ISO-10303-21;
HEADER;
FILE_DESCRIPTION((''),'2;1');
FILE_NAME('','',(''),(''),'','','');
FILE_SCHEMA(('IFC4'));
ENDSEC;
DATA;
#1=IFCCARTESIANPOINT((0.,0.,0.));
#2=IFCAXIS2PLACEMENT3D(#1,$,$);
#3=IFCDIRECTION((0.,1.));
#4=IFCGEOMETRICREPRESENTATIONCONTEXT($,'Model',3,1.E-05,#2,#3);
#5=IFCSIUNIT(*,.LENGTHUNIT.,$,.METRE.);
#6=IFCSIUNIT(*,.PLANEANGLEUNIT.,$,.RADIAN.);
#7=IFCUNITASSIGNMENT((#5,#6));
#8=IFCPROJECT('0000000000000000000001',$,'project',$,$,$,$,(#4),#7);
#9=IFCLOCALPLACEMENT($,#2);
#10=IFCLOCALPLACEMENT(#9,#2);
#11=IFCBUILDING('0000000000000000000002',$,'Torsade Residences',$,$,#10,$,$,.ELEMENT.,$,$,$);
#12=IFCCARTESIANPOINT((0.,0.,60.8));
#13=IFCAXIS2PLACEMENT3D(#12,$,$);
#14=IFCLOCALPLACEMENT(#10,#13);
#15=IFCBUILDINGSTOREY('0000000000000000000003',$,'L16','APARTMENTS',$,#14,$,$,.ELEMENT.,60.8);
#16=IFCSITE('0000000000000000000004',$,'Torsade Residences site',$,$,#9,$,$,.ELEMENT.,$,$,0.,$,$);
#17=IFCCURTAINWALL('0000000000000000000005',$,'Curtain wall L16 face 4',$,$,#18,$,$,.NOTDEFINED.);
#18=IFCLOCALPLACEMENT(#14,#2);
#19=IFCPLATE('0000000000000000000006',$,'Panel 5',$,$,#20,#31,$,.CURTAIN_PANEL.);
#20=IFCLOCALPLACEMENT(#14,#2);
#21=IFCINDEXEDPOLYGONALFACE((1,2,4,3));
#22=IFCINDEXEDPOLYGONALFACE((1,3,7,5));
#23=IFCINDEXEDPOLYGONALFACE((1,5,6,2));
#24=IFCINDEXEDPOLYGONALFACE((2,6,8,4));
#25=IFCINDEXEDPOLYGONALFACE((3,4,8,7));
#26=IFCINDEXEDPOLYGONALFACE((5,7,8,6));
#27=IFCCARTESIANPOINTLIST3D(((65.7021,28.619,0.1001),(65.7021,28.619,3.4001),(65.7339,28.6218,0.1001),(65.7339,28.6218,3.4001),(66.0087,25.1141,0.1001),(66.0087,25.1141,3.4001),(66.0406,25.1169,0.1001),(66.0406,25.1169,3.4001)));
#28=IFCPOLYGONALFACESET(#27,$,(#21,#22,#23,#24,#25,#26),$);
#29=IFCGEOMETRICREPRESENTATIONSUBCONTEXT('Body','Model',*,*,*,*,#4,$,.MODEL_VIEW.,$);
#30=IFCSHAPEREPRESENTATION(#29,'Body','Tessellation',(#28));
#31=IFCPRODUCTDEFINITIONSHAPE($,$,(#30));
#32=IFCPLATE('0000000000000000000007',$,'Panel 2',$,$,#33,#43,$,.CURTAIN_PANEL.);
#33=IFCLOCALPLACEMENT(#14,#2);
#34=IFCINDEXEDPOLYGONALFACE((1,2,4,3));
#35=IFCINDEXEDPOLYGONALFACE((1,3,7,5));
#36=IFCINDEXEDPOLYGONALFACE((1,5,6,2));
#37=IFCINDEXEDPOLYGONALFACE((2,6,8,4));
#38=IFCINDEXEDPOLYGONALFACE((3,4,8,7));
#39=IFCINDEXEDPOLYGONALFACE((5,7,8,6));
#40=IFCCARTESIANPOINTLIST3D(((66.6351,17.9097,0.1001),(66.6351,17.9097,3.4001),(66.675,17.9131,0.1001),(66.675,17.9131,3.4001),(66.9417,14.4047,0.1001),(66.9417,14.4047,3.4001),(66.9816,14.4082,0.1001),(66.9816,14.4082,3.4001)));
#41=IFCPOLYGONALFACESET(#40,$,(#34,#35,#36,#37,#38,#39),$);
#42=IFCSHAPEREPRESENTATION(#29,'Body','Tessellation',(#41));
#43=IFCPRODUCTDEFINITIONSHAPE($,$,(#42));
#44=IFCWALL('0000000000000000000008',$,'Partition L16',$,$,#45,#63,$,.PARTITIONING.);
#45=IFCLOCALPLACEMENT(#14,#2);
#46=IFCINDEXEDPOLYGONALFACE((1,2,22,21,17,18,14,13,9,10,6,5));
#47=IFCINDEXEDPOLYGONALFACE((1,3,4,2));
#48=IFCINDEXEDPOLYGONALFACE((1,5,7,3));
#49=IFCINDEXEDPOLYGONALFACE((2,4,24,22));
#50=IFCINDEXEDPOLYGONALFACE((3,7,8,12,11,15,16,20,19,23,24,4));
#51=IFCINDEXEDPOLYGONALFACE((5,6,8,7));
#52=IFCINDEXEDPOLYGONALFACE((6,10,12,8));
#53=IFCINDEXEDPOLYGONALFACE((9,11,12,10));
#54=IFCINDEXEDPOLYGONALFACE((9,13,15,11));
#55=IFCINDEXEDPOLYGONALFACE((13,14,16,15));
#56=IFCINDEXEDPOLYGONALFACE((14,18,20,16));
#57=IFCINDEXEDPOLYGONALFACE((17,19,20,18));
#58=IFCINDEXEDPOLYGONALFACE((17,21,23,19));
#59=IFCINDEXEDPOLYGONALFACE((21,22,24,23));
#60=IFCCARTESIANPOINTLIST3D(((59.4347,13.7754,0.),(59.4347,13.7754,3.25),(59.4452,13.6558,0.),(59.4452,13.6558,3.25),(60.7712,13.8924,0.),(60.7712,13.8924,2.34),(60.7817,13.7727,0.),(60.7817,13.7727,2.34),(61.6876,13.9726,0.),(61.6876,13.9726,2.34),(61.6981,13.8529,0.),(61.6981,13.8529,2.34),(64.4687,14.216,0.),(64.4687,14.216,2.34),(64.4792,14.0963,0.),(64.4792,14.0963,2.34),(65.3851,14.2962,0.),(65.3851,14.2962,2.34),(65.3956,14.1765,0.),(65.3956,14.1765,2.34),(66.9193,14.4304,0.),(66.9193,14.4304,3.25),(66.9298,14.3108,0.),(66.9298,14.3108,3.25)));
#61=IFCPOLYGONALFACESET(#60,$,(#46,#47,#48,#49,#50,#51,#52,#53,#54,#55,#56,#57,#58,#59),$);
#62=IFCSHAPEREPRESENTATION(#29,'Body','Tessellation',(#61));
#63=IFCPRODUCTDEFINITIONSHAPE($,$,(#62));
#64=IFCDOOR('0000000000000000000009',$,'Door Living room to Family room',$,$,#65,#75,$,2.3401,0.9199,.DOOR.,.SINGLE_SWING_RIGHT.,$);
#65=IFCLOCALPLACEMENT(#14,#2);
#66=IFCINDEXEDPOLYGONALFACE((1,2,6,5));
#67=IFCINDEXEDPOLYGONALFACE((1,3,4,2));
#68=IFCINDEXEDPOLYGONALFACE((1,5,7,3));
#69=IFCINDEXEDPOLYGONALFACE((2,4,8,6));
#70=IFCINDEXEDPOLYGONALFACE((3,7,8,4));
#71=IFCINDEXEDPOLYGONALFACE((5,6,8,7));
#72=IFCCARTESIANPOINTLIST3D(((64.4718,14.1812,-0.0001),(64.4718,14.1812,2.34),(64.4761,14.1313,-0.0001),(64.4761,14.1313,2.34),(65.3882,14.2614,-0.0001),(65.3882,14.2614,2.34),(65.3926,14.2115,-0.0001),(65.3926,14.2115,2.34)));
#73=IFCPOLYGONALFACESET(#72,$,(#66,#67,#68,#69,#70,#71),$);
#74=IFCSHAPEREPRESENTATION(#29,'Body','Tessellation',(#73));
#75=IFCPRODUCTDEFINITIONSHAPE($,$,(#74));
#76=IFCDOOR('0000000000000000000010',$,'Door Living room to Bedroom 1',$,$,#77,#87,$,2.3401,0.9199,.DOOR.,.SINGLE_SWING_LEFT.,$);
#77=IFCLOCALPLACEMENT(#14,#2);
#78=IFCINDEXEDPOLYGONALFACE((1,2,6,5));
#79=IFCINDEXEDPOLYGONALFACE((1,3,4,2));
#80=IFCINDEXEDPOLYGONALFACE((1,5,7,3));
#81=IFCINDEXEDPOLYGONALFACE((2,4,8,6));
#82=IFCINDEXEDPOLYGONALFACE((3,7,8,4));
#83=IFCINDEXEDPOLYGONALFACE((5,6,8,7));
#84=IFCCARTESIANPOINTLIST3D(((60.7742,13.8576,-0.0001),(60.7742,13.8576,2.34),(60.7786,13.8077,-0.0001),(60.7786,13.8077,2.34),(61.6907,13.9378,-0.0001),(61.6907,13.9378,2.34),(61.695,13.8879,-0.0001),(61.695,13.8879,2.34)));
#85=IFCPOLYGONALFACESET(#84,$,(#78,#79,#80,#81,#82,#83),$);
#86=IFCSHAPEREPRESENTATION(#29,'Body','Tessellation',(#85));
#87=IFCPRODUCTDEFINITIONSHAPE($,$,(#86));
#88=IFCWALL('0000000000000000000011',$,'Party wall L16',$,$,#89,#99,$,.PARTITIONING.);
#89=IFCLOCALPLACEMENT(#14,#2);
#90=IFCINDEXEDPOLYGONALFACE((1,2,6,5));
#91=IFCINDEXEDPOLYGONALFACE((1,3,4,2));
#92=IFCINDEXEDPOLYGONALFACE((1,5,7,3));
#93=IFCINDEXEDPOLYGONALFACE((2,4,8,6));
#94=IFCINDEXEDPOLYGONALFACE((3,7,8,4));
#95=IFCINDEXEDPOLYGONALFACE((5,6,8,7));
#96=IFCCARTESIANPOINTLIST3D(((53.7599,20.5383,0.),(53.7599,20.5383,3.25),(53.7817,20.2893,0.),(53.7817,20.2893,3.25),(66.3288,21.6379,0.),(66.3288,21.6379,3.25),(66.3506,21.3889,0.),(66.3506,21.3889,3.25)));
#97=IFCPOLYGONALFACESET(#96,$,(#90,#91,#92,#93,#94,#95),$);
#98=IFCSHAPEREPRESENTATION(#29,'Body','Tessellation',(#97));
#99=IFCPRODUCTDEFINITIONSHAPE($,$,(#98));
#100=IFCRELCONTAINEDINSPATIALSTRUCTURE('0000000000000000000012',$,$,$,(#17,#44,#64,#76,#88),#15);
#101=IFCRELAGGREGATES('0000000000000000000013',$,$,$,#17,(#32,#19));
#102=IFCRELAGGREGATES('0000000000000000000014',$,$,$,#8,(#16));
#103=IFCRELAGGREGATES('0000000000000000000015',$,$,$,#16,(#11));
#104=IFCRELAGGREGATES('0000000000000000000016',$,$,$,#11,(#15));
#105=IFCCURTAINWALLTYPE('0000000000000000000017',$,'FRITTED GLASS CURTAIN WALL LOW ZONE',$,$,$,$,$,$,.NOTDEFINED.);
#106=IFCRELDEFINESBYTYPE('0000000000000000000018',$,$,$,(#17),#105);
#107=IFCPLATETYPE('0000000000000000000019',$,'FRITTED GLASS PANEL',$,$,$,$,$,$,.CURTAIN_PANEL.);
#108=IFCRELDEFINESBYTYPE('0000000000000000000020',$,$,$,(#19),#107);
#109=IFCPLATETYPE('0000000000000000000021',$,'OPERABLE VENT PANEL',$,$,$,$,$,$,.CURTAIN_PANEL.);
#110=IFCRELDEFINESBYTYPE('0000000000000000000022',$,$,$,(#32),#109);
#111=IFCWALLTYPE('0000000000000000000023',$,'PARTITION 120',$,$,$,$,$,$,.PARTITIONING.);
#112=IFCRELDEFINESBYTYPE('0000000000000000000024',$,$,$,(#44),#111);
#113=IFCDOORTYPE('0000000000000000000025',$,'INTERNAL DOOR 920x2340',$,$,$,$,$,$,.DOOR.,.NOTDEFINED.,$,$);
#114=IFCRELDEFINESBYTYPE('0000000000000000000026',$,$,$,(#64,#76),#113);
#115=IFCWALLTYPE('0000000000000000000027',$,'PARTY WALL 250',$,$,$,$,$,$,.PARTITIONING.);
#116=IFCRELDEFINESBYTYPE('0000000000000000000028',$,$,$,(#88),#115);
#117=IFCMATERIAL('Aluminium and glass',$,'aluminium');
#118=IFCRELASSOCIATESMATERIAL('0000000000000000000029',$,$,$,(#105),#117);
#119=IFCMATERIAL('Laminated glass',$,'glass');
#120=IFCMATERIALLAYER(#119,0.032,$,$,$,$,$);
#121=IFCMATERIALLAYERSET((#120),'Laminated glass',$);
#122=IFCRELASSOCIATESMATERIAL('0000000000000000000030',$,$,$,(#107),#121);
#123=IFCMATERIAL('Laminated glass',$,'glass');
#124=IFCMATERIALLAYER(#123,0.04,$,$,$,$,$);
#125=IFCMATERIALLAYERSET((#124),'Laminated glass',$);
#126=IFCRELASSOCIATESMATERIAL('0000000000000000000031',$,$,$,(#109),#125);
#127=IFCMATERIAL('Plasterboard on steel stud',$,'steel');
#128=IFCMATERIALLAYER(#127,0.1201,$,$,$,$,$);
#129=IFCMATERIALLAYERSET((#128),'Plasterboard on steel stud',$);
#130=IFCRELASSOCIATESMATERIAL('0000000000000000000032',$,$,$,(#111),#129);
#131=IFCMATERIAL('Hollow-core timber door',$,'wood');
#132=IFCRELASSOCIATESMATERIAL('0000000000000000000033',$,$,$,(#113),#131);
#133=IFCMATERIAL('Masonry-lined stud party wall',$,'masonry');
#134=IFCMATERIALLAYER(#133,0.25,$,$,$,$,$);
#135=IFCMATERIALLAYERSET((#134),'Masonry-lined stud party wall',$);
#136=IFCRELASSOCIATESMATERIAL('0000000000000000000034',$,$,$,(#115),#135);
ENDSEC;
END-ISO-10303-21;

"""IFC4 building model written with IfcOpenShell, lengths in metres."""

from ifc_helpers import new_model, si_unit, direction, frame, frame_2d, origin, origin_2d, place, context, subcontext, project, spatial, rectangle, extrude, material, layer, layer_set, type_object, element, fill, aggregate, save


model = new_model("IFC4")

# Units and contexts
model_context = context("Model", 3, precision=1e-05, world=origin(), true_north=direction((0.0, 1.0)))
body_context = subcontext(model_context, "Body", "Model", "MODEL_VIEW")
ifc_project = project(units=[si_unit("LENGTHUNIT", "METRE"), si_unit("PLANEANGLEUNIT", "RADIAN")], contexts=[model_context])

# Site, building, storey
site_placement = place(None, origin())
site = spatial("IfcSite", under=ifc_project, at=site_placement, Name="Torsade Residences site", CompositionType="ELEMENT", RefElevation=0.0)
building_placement = place(site_placement, origin())
building = spatial("IfcBuilding", under=site, at=building_placement, Name="Torsade Residences", CompositionType="ELEMENT")
storey_placement = place(building_placement, frame((0.0, 0.0, 60.8)))
storey = spatial("IfcBuildingStorey", under=building, at=storey_placement, Name="L16", Description="APARTMENTS", CompositionType="ELEMENT", Elevation=60.8)

# Curtain wall
ifc_material_1 = material(Name="Aluminium and glass", Category="aluminium")
curtain_wall_type = type_object("IfcCurtainWallType", Name="FRITTED GLASS CURTAIN WALL LOW ZONE", PredefinedType="NOTDEFINED", material=ifc_material_1)
curtain_wall_placement = place(storey_placement, origin())
curtain_wall = element("IfcCurtainWall", 1, at=curtain_wall_placement, inside=storey, type_object=curtain_wall_type, Name="Curtain wall L16 face 4", PredefinedType="NOTDEFINED")

# Plates
ifc_material_2 = material(Name="Laminated glass", Category="glass")
ifc_layer_1 = layer(ifc_material_2, 0.032)
ifc_layer_set_1 = layer_set([ifc_layer_1], Name="Laminated glass")
plate_type_1 = type_object("IfcPlateType", Name="FRITTED GLASS PANEL", PredefinedType="CURTAIN_PANEL", material=ifc_layer_set_1)
plate_1_placement = place(storey_placement, frame((65.8713, 26.8679, 0.1001), z_axis=(0.0, 0.0, 1.0), x_axis=(-0.087156, 0.996195, 0.0)))
plate_1 = element("IfcPlate", 2, at=plate_1_placement, type_object=plate_type_1, Name="Panel 5", PredefinedType="CURTAIN_PANEL", context=body_context, shape_type="SweptSolid", body=[
    extrude(rectangle(XDim=3.5183, YDim=0.032, at=origin_2d()), origin(), (0.0, 0.0, 1.0), 3.3),
])
ifc_material_3 = material(Name="Laminated glass", Category="glass")
ifc_layer_2 = layer(ifc_material_3, 0.04)
ifc_layer_set_2 = layer_set([ifc_layer_2], Name="Laminated glass")
plate_type_2 = type_object("IfcPlateType", Name="OPERABLE VENT PANEL", PredefinedType="CURTAIN_PANEL", material=ifc_layer_set_2)
plate_2_placement = place(storey_placement, frame((66.8083, 16.1589, 0.1001), z_axis=(0.0, 0.0, 1.0), x_axis=(-0.087156, 0.996195, 0.0)))
plate_2 = element("IfcPlate", 3, at=plate_2_placement, type_object=plate_type_2, Name="Panel 2", PredefinedType="CURTAIN_PANEL", context=body_context, shape_type="SweptSolid", body=[
    extrude(rectangle(XDim=3.5183, YDim=0.04, at=origin_2d()), origin(), (0.0, 0.0, 1.0), 3.3),
])
aggregate(curtain_wall, [plate_2, plate_1])

# Wall, openings, doors
ifc_material_4 = material(Name="Plasterboard on steel stud", Category="steel")
ifc_layer_3 = layer(ifc_material_4, 0.1201)
ifc_layer_set_3 = layer_set([ifc_layer_3], Name="Plasterboard on steel stud")
wall_type_1 = type_object("IfcWallType", Name="PARTITION 120", PredefinedType="PARTITIONING", material=ifc_layer_set_3)
wall_1_placement = place(storey_placement, frame((66.9246, 14.3706, 0.0), z_axis=(0.0, 0.0, 1.0), x_axis=(-0.996192, -0.087183, 0.0)))
wall_1 = element("IfcWall", 4, at=wall_1_placement, inside=storey, type_object=wall_type_1, Name="Partition L16", PredefinedType="PARTITIONING", context=body_context, shape_type="SweptSolid", body=[
    extrude(rectangle(XDim=7.5132, YDim=0.1201, at=frame_2d((3.7566, 0.0))), origin(), (0.0, 0.0, 1.0), 3.25),
])
opening_1_placement = place(wall_1_placement, frame((1.54, 0.0, 0.0)))
opening_1 = element("IfcOpeningElement", 5, at=opening_1_placement, cuts=wall_1, PredefinedType="OPENING", context=body_context, shape_type="SweptSolid", body=[
    extrude(rectangle(XDim=0.9199, YDim=2.3401, at=frame_2d((0.46, 1.1699))), frame((0.0, 0.0701, 0.0), z_axis=(0.0, -1.0, 0.0), x_axis=(1.0, 0.0, 0.0)), (0.0, 0.0, 1.0), 0.1401),
])
opening_2_placement = place(wall_1_placement, frame((5.2517, 0.0, 0.0)))
opening_2 = element("IfcOpeningElement", 6, at=opening_2_placement, cuts=wall_1, PredefinedType="OPENING", context=body_context, shape_type="SweptSolid", body=[
    extrude(rectangle(XDim=0.9199, YDim=2.3401, at=frame_2d((0.46, 1.1699))), frame((0.0, 0.0701, 0.0), z_axis=(0.0, -1.0, 0.0), x_axis=(1.0, 0.0, 0.0)), (0.0, 0.0, 1.0), 0.1401),
])
ifc_material_5 = material(Name="Hollow-core timber door", Category="wood")
door_type = type_object("IfcDoorType", Name="INTERNAL DOOR 920x2340", OperationType="NOTDEFINED", PredefinedType="DOOR", material=ifc_material_5)
door_1_placement = place(opening_1_placement, origin())
door_1 = element("IfcDoor", 7, at=door_1_placement, inside=storey, type_object=door_type, Name="Door Living room to Family room", OperationType="SINGLE_SWING_RIGHT", OverallHeight=2.3401, OverallWidth=0.9199, PredefinedType="DOOR", context=body_context, shape_type="SweptSolid", body=[
    extrude(rectangle(XDim=0.9199, YDim=2.3401, at=frame_2d((0.46, 1.1699))), frame((0.0, 0.0249, 0.0), z_axis=(0.0, -1.0, 0.0), x_axis=(1.0, 0.0, 0.0)), (0.0, 0.0, 1.0), 0.05),
])
fill(opening_1, door_1)
door_2_placement = place(opening_2_placement, origin())
door_2 = element("IfcDoor", 8, at=door_2_placement, inside=storey, type_object=door_type, Name="Door Living room to Bedroom 1", OperationType="SINGLE_SWING_LEFT", OverallHeight=2.3401, OverallWidth=0.9199, PredefinedType="DOOR", context=body_context, shape_type="SweptSolid", body=[
    extrude(rectangle(XDim=0.9199, YDim=2.3401, at=frame_2d((0.46, 1.1699))), frame((0.0, 0.0249, 0.0), z_axis=(0.0, -1.0, 0.0), x_axis=(1.0, 0.0, 0.0)), (0.0, 0.0, 1.0), 0.05),
])
fill(opening_2, door_2)

# Wall
ifc_material_6 = material(Name="Masonry-lined stud party wall", Category="masonry")
ifc_layer_4 = layer(ifc_material_6, 0.25)
ifc_layer_set_4 = layer_set([ifc_layer_4], Name="Masonry-lined stud party wall")
wall_type_2 = type_object("IfcWallType", Name="PARTY WALL 250", PredefinedType="PARTITIONING", material=ifc_layer_set_4)
wall_2_placement = place(storey_placement, frame((66.3398, 21.5134, 0.0), z_axis=(0.0, 0.0, 1.0), x_axis=(-0.996195, -0.087154, 0.0)))
element("IfcWall", 9, at=wall_2_placement, inside=storey, type_object=wall_type_2, Name="Party wall L16", PredefinedType="PARTITIONING", context=body_context, shape_type="SweptSolid", body=[
    extrude(rectangle(XDim=12.6169, YDim=0.25, at=frame_2d((6.3086, 0.0))), origin(), (0.0, 0.0, 1.0), 3.25),
])

save(model, "model.ifc")
